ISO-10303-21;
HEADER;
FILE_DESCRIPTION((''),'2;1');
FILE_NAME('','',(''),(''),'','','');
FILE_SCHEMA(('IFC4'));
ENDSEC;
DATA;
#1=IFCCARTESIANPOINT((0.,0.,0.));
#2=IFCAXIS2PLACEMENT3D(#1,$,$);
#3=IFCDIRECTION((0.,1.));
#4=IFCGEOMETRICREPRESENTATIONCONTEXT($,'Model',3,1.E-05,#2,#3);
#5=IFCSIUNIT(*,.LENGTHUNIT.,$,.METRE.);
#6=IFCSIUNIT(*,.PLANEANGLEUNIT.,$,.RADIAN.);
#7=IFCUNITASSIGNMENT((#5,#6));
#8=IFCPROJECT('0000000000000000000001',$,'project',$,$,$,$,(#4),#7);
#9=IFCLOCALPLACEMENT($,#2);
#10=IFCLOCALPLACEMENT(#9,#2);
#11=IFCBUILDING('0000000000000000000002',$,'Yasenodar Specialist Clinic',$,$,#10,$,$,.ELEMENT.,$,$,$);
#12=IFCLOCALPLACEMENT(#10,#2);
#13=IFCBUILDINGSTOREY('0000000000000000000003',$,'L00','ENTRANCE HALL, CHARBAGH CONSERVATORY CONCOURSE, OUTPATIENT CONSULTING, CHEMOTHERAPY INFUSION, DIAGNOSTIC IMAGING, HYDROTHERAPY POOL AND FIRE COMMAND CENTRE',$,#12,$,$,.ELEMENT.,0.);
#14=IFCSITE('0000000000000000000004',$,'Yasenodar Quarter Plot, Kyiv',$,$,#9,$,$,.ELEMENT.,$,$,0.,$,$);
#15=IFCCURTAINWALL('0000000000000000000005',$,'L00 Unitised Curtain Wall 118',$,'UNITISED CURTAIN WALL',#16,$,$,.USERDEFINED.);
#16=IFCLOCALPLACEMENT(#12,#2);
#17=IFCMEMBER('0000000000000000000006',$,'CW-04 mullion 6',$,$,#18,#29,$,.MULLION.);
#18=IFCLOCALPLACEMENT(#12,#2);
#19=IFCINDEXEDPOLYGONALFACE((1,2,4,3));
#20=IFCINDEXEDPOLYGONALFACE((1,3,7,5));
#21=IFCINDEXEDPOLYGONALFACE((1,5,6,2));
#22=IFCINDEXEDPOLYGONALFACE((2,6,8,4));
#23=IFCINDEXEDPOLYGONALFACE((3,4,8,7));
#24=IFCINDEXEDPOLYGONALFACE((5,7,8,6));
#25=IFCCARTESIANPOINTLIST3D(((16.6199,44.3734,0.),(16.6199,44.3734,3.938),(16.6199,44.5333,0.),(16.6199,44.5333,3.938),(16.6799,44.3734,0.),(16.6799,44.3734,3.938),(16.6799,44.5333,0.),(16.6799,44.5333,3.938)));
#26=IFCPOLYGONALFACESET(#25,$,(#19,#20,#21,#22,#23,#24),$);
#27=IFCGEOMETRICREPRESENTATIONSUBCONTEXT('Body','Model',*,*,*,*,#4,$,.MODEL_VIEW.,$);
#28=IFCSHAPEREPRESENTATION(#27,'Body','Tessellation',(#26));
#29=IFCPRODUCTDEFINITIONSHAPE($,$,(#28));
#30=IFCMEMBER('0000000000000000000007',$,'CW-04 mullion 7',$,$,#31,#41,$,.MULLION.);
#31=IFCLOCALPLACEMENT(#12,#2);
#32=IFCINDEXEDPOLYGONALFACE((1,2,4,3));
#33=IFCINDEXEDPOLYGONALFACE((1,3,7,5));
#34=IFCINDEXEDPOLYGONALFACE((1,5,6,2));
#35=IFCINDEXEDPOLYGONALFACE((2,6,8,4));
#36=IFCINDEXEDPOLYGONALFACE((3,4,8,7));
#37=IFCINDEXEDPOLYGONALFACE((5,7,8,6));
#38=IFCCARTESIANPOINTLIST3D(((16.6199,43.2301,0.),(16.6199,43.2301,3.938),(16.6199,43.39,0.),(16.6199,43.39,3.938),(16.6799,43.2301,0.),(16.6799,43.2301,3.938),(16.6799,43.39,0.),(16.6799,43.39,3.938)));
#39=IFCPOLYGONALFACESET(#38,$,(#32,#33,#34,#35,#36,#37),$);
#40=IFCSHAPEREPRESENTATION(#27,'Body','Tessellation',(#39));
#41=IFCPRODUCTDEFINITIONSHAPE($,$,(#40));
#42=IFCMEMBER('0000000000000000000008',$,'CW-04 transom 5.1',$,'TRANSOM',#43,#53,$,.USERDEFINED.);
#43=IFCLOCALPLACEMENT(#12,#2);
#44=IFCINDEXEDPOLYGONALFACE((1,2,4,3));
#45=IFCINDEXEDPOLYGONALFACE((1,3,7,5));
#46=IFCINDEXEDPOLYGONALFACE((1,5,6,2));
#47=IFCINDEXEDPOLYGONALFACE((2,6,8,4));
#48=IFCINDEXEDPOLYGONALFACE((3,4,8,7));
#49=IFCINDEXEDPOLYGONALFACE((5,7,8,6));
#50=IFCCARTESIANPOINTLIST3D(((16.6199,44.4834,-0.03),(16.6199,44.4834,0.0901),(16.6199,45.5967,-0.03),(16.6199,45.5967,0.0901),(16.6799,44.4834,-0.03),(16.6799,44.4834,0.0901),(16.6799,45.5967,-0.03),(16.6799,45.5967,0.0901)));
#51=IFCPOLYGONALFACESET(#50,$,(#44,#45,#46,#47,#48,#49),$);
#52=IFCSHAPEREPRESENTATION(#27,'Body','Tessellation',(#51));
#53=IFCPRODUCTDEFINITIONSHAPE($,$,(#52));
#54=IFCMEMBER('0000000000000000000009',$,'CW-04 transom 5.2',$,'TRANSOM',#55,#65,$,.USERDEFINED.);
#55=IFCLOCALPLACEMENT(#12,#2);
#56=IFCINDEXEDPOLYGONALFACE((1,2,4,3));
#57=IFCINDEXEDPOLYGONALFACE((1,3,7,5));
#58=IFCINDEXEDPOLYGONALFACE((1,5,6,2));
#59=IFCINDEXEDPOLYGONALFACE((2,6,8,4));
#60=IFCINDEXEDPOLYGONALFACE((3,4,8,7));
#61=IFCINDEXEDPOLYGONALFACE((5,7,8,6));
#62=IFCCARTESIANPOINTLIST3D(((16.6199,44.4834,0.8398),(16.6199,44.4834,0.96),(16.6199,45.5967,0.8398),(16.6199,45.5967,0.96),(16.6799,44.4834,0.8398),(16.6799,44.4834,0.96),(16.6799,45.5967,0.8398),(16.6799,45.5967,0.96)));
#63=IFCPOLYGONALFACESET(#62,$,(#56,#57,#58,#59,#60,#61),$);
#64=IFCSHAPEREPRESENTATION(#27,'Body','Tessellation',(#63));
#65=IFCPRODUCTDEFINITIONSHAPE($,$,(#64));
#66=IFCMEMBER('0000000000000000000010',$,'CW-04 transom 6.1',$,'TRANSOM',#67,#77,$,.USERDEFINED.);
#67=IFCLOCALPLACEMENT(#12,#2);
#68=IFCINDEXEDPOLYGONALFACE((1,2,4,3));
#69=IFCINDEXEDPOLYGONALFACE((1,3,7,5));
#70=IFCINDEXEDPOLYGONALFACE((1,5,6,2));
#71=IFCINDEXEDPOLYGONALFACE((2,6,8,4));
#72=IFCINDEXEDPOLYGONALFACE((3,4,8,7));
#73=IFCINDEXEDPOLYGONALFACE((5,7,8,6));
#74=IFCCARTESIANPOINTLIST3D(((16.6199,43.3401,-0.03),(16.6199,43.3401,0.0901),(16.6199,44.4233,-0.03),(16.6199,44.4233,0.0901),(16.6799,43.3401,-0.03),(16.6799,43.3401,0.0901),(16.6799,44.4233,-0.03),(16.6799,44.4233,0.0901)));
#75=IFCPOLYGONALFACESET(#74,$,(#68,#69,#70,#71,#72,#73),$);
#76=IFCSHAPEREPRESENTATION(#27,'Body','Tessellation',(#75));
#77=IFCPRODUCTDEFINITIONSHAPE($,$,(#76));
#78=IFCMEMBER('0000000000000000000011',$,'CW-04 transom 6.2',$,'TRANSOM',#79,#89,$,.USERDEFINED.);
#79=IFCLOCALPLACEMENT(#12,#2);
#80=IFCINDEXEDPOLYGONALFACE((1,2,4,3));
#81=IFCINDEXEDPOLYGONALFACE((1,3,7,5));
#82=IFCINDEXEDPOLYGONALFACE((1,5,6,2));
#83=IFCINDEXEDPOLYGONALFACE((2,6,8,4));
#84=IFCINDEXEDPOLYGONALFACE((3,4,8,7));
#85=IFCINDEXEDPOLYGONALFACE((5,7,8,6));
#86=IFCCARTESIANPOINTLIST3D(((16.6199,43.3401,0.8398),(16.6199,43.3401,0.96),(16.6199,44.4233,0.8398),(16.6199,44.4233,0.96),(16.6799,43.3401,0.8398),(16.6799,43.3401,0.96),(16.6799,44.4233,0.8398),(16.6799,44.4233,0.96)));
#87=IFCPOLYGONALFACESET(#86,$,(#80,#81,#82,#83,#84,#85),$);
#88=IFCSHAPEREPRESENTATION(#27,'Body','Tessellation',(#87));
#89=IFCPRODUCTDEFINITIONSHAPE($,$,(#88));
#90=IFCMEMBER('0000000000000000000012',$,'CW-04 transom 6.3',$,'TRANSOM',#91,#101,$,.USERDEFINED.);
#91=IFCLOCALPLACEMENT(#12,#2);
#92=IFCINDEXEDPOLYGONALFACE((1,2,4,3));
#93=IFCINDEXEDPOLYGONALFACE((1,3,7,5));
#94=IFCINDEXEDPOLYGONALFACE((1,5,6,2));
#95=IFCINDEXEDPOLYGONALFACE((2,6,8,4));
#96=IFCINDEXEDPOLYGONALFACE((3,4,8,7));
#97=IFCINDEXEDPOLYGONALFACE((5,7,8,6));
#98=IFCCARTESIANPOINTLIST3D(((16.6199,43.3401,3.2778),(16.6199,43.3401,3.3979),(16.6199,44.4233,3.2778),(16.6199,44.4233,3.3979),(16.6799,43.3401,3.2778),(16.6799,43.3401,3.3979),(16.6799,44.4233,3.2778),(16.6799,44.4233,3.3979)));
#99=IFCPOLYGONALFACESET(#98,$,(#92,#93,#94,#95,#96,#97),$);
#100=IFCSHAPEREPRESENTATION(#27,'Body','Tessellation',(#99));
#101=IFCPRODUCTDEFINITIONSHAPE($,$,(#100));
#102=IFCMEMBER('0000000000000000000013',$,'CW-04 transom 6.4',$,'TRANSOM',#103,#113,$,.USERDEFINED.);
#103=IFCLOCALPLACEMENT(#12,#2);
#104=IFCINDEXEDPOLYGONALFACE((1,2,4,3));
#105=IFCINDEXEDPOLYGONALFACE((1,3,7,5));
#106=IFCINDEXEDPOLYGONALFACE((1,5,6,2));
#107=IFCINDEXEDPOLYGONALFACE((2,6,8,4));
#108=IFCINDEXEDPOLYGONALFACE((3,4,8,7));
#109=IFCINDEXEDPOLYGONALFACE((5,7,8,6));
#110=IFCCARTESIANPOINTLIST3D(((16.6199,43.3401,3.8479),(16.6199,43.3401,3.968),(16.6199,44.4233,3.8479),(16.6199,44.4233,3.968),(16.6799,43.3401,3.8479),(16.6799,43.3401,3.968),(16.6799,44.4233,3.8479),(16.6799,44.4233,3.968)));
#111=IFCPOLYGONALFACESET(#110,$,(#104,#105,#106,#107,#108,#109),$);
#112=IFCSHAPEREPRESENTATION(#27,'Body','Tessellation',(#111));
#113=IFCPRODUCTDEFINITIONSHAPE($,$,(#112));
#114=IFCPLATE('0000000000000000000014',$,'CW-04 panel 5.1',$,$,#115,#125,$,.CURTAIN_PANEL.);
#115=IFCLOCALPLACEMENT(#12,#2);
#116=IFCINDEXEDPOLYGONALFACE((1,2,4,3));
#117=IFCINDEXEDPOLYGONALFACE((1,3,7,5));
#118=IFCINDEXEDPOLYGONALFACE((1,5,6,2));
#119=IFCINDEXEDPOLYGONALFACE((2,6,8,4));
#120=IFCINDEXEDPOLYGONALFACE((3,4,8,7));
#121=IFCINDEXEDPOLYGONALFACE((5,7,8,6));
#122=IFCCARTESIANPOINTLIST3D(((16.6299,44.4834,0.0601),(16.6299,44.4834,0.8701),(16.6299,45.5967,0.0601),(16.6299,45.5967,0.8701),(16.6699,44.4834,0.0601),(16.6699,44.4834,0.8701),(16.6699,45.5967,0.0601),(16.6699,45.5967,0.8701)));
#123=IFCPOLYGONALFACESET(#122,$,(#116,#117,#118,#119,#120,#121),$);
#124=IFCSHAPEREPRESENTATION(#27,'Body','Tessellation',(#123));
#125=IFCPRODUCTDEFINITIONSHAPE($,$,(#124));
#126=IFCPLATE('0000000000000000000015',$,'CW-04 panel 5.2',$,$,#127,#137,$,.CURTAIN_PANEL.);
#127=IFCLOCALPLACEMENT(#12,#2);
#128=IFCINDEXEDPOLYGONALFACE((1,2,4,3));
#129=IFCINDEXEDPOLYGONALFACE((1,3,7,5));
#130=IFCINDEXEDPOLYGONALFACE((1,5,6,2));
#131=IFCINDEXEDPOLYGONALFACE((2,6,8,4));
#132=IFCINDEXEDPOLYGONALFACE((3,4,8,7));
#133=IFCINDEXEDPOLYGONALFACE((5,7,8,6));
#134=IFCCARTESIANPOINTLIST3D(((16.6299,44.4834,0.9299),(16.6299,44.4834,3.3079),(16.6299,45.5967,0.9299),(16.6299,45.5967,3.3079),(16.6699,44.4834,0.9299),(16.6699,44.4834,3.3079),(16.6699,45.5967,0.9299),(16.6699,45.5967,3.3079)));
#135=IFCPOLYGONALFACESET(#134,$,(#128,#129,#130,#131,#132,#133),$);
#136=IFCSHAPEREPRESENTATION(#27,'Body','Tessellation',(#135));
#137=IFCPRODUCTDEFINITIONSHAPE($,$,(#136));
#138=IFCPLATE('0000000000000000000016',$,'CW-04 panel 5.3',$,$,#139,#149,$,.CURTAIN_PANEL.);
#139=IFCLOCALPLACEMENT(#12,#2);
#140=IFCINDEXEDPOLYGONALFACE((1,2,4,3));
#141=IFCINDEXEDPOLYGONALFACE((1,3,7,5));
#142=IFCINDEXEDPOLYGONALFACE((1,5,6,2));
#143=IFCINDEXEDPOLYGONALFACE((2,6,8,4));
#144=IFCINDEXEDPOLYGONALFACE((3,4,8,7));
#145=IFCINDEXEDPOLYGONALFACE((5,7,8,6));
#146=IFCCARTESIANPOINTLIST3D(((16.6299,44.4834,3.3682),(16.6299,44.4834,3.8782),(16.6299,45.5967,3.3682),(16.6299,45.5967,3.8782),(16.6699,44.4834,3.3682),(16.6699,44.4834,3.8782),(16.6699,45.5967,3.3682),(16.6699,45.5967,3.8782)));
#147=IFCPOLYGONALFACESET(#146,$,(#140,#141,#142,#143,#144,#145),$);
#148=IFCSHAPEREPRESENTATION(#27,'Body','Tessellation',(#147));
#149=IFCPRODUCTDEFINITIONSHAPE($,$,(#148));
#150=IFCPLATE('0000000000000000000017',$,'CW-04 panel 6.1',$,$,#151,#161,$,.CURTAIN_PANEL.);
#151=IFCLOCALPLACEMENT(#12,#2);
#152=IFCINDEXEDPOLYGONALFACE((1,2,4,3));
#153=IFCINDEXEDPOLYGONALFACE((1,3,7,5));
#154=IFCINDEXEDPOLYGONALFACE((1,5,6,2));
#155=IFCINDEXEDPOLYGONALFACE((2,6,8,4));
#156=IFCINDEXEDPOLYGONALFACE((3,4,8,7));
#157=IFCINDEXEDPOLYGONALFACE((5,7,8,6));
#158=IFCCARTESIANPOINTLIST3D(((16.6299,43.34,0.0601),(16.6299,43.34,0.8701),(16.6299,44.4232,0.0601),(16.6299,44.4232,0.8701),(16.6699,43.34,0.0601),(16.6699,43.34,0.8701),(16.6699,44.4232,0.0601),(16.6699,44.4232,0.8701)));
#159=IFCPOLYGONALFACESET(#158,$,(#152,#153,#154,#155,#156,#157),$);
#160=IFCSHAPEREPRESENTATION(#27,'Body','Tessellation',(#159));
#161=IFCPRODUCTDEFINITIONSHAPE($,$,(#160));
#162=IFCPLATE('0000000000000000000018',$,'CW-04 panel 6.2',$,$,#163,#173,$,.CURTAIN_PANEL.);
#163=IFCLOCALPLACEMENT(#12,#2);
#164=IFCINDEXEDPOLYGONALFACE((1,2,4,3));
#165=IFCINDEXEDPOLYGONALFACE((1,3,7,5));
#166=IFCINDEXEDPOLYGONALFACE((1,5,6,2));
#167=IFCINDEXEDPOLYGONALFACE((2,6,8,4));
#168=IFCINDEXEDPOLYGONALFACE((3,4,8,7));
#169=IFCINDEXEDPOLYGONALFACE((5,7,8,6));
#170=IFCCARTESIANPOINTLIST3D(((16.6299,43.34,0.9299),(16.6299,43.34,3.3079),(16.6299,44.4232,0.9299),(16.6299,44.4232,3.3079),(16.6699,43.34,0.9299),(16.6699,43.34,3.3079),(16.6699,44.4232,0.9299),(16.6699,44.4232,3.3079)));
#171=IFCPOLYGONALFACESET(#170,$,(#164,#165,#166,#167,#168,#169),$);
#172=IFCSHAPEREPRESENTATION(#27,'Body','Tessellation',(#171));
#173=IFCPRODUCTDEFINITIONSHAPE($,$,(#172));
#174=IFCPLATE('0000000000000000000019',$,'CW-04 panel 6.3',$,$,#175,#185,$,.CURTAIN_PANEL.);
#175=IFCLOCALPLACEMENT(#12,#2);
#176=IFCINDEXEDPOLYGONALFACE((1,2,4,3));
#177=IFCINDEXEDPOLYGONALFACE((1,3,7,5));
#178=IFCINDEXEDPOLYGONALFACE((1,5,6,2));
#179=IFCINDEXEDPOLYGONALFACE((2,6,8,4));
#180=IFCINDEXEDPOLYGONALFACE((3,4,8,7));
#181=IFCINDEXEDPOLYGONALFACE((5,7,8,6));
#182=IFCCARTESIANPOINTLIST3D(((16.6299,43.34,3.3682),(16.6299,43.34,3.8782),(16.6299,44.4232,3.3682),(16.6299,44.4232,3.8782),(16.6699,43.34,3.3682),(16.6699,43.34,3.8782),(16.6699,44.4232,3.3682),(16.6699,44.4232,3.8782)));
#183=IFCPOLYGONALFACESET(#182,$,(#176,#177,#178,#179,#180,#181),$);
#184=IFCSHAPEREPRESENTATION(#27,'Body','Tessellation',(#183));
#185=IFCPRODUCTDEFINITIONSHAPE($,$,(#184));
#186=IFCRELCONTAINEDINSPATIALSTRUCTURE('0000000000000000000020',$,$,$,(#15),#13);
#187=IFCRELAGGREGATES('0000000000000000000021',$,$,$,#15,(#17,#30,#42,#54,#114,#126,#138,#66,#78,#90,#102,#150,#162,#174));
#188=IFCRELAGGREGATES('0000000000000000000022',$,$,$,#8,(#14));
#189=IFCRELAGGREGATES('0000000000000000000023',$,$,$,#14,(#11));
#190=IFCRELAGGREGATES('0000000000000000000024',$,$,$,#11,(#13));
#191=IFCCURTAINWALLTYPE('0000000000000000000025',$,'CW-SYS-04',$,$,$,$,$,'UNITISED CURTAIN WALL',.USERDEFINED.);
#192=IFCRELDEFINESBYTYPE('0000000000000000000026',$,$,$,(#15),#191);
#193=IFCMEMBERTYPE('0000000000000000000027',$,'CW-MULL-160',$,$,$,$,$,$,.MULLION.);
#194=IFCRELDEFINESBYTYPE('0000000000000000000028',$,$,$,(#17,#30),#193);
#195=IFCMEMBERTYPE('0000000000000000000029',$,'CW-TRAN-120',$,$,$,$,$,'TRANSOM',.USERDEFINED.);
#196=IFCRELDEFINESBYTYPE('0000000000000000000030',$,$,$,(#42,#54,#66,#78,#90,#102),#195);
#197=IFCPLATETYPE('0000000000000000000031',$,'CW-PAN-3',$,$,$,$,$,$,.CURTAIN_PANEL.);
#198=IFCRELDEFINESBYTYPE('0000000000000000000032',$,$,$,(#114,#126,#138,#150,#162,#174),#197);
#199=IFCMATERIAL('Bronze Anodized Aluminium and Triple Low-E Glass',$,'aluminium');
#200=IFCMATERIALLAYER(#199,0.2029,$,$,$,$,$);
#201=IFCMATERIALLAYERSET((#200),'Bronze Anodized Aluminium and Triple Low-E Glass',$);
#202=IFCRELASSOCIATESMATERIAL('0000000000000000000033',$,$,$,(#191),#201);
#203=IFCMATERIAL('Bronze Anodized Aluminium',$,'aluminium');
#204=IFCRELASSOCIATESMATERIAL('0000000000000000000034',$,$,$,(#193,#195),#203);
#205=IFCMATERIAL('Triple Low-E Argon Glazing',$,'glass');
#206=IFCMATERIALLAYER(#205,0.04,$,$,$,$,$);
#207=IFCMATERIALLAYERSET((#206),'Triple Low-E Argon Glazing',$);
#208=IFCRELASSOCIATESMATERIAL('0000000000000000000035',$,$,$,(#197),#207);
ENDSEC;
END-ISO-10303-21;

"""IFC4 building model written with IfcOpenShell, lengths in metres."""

from ifc_helpers import new_model, si_unit, direction, frame, origin, origin_2d, place, context, subcontext, project, spatial, rectangle, extrude, material, layer, layer_set, material_profile, profile_set, type_object, element, aggregate, save


model = new_model("IFC4")

# Units and contexts
model_context = context("Model", 3, precision=1e-05, world=origin(), true_north=direction((0.0, 1.0)))
body_context = subcontext(model_context, "Body", "Model", "MODEL_VIEW")
ifc_project = project(units=[si_unit("LENGTHUNIT", "METRE"), si_unit("PLANEANGLEUNIT", "RADIAN")], contexts=[model_context])

# Site, building, storey
site_placement = place(None, origin())
site = spatial("IfcSite", under=ifc_project, at=site_placement, Name="Yasenodar Quarter Plot, Kyiv", CompositionType="ELEMENT", RefElevation=0.0)
building_placement = place(site_placement, origin())
building = spatial("IfcBuilding", under=site, at=building_placement, Name="Yasenodar Specialist Clinic", CompositionType="ELEMENT")
storey_placement = place(building_placement, origin())
storey = spatial("IfcBuildingStorey", under=building, at=storey_placement, Name="L00", Description="ENTRANCE HALL, CHARBAGH CONSERVATORY CONCOURSE, OUTPATIENT CONSULTING, CHEMOTHERAPY INFUSION, DIAGNOSTIC IMAGING, HYDROTHERAPY POOL AND FIRE COMMAND CENTRE", CompositionType="ELEMENT", Elevation=0.0)

# Curtain wall, members, plates
ifc_material_1 = material(Name="Bronze Anodized Aluminium and Triple Low-E Glass", Category="aluminium")
ifc_layer_1 = layer(ifc_material_1, 0.2029)
ifc_layer_set_1 = layer_set([ifc_layer_1], Name="Bronze Anodized Aluminium and Triple Low-E Glass")
curtain_wall_type = type_object("IfcCurtainWallType", Name="CW-SYS-04", ElementType="UNITISED CURTAIN WALL", PredefinedType="USERDEFINED", material=ifc_layer_set_1)
curtain_wall_placement = place(storey_placement, origin())
curtain_wall = element("IfcCurtainWall", 1, at=curtain_wall_placement, inside=storey, type_object=curtain_wall_type, Name="L00 Unitised Curtain Wall 118", ObjectType="UNITISED CURTAIN WALL", PredefinedType="USERDEFINED")
ifc_material_2 = material(Name="Bronze Anodized Aluminium", Category="aluminium")
ifc_material_profile_1 = material_profile(ifc_material_2, rectangle(XDim=0.0601, YDim=0.1599, at=origin_2d()), Name="CW-MULL 60x160")
ifc_profile_set_1 = profile_set([ifc_material_profile_1], Name="Bronze Anodized Aluminium")
member_type_1 = type_object("IfcMemberType", Name="CW-MULL-160", PredefinedType="MULLION", material=ifc_profile_set_1)
member_1_placement = place(storey_placement, frame((16.6499, 44.4534, 0.0), z_axis=(0.0, 0.0, 1.0), x_axis=(1.0, 0.0, 0.0)))
member_1 = element("IfcMember", 2, at=member_1_placement, type_object=member_type_1, Name="CW-04 mullion 6", PredefinedType="MULLION", context=body_context, shape_type="SweptSolid", body=[
    extrude(rectangle(XDim=0.0601, YDim=0.1599, at=origin_2d()), origin(), (0.0, 0.0, 1.0), 3.938),
])
member_2_placement = place(storey_placement, frame((16.6499, 43.3101, 0.0), z_axis=(0.0, 0.0, 1.0), x_axis=(1.0, 0.0, 0.0)))
member_2 = element("IfcMember", 3, at=member_2_placement, type_object=member_type_1, Name="CW-04 mullion 7", PredefinedType="MULLION", context=body_context, shape_type="SweptSolid", body=[
    extrude(rectangle(XDim=0.0601, YDim=0.1599, at=origin_2d()), origin(), (0.0, 0.0, 1.0), 3.938),
])
ifc_material_profile_2 = material_profile(ifc_material_2, rectangle(XDim=0.0601, YDim=0.1201, at=origin_2d()), Name="CW-TRAN 60x120")
ifc_profile_set_2 = profile_set([ifc_material_profile_2], Name="Bronze Anodized Aluminium")
member_type_2 = type_object("IfcMemberType", Name="CW-TRAN-120", ElementType="TRANSOM", PredefinedType="USERDEFINED", material=ifc_profile_set_2)
member_3_placement = place(storey_placement, frame((16.6499, 45.5967, 0.03), z_axis=(0.0, -1.0, 0.0), x_axis=(1.0, 0.0, 0.0)))
member_3 = element("IfcMember", 4, at=member_3_placement, type_object=member_type_2, Name="CW-04 transom 5.1", ObjectType="TRANSOM", PredefinedType="USERDEFINED", context=body_context, shape_type="SweptSolid", body=[
    extrude(rectangle(XDim=0.0601, YDim=0.1201, at=origin_2d()), origin(), (0.0, 0.0, 1.0), 1.1133),
])
member_4_placement = place(storey_placement, frame((16.6499, 45.5967, 0.8999), z_axis=(0.0, -1.0, 0.0), x_axis=(1.0, 0.0, 0.0)))
member_4 = element("IfcMember", 5, at=member_4_placement, type_object=member_type_2, Name="CW-04 transom 5.2", ObjectType="TRANSOM", PredefinedType="USERDEFINED", context=body_context, shape_type="SweptSolid", body=[
    extrude(rectangle(XDim=0.0601, YDim=0.1201, at=origin_2d()), origin(), (0.0, 0.0, 1.0), 1.1133),
])
member_5_placement = place(storey_placement, frame((16.6499, 44.4233, 0.03), z_axis=(0.0, -1.0, 0.0), x_axis=(1.0, 0.0, 0.0)))
member_5 = element("IfcMember", 6, at=member_5_placement, type_object=member_type_2, Name="CW-04 transom 6.1", ObjectType="TRANSOM", PredefinedType="USERDEFINED", context=body_context, shape_type="SweptSolid", body=[
    extrude(rectangle(XDim=0.0601, YDim=0.1201, at=origin_2d()), origin(), (0.0, 0.0, 1.0), 1.0833),
])
member_6_placement = place(storey_placement, frame((16.6499, 44.4233, 0.8999), z_axis=(0.0, -1.0, 0.0), x_axis=(1.0, 0.0, 0.0)))
member_6 = element("IfcMember", 7, at=member_6_placement, type_object=member_type_2, Name="CW-04 transom 6.2", ObjectType="TRANSOM", PredefinedType="USERDEFINED", context=body_context, shape_type="SweptSolid", body=[
    extrude(rectangle(XDim=0.0601, YDim=0.1201, at=origin_2d()), origin(), (0.0, 0.0, 1.0), 1.0833),
])
member_7_placement = place(storey_placement, frame((16.6499, 44.4233, 3.3379), z_axis=(0.0, -1.0, 0.0), x_axis=(1.0, 0.0, 0.0)))
member_7 = element("IfcMember", 8, at=member_7_placement, type_object=member_type_2, Name="CW-04 transom 6.3", ObjectType="TRANSOM", PredefinedType="USERDEFINED", context=body_context, shape_type="SweptSolid", body=[
    extrude(rectangle(XDim=0.0601, YDim=0.1201, at=origin_2d()), origin(), (0.0, 0.0, 1.0), 1.0833),
])
member_8_placement = place(storey_placement, frame((16.6499, 44.4233, 3.908), z_axis=(0.0, -1.0, 0.0), x_axis=(1.0, 0.0, 0.0)))
member_8 = element("IfcMember", 9, at=member_8_placement, type_object=member_type_2, Name="CW-04 transom 6.4", ObjectType="TRANSOM", PredefinedType="USERDEFINED", context=body_context, shape_type="SweptSolid", body=[
    extrude(rectangle(XDim=0.0601, YDim=0.1201, at=origin_2d()), origin(), (0.0, 0.0, 1.0), 1.0833),
])
ifc_material_3 = material(Name="Triple Low-E Argon Glazing", Category="glass")
ifc_layer_2 = layer(ifc_material_3, 0.04)
ifc_layer_set_2 = layer_set([ifc_layer_2], Name="Triple Low-E Argon Glazing")
plate_type = type_object("IfcPlateType", Name="CW-PAN-3", PredefinedType="CURTAIN_PANEL", material=ifc_layer_set_2)
plate_1_placement = place(storey_placement, frame((16.6499, 45.04, 0.0601), z_axis=(0.0, 0.0, 1.0), x_axis=(0.0, -1.0, 0.0)))
plate_1 = element("IfcPlate", 10, at=plate_1_placement, type_object=plate_type, Name="CW-04 panel 5.1", PredefinedType="CURTAIN_PANEL", context=body_context, shape_type="SweptSolid", body=[
    extrude(rectangle(XDim=1.1133, YDim=0.04, at=origin_2d()), origin(), (0.0, 0.0, 1.0), 0.8101),
])
plate_2_placement = place(storey_placement, frame((16.6499, 45.04, 0.9299), z_axis=(0.0, 0.0, 1.0), x_axis=(0.0, -1.0, 0.0)))
plate_2 = element("IfcPlate", 11, at=plate_2_placement, type_object=plate_type, Name="CW-04 panel 5.2", PredefinedType="CURTAIN_PANEL", context=body_context, shape_type="SweptSolid", body=[
    extrude(rectangle(XDim=1.1133, YDim=0.04, at=origin_2d()), origin(), (0.0, 0.0, 1.0), 2.3779),
])
plate_3_placement = place(storey_placement, frame((16.6499, 45.04, 3.3682), z_axis=(0.0, 0.0, 1.0), x_axis=(0.0, -1.0, 0.0)))
plate_3 = element("IfcPlate", 12, at=plate_3_placement, type_object=plate_type, Name="CW-04 panel 5.3", PredefinedType="CURTAIN_PANEL", context=body_context, shape_type="SweptSolid", body=[
    extrude(rectangle(XDim=1.1133, YDim=0.04, at=origin_2d()), origin(), (0.0, 0.0, 1.0), 0.51),
])
plate_4_placement = place(storey_placement, frame((16.6499, 43.8816, 0.0601), z_axis=(0.0, 0.0, 1.0), x_axis=(0.0, -1.0, 0.0)))
plate_4 = element("IfcPlate", 13, at=plate_4_placement, type_object=plate_type, Name="CW-04 panel 6.1", PredefinedType="CURTAIN_PANEL", context=body_context, shape_type="SweptSolid", body=[
    extrude(rectangle(XDim=1.0833, YDim=0.04, at=origin_2d()), origin(), (0.0, 0.0, 1.0), 0.8101),
])
plate_5_placement = place(storey_placement, frame((16.6499, 43.8816, 0.9299), z_axis=(0.0, 0.0, 1.0), x_axis=(0.0, -1.0, 0.0)))
plate_5 = element("IfcPlate", 14, at=plate_5_placement, type_object=plate_type, Name="CW-04 panel 6.2", PredefinedType="CURTAIN_PANEL", context=body_context, shape_type="SweptSolid", body=[
    extrude(rectangle(XDim=1.0833, YDim=0.04, at=origin_2d()), origin(), (0.0, 0.0, 1.0), 2.3779),
])
plate_6_placement = place(storey_placement, frame((16.6499, 43.8816, 3.3682), z_axis=(0.0, 0.0, 1.0), x_axis=(0.0, -1.0, 0.0)))
plate_6 = element("IfcPlate", 15, at=plate_6_placement, type_object=plate_type, Name="CW-04 panel 6.3", PredefinedType="CURTAIN_PANEL", context=body_context, shape_type="SweptSolid", body=[
    extrude(rectangle(XDim=1.0833, YDim=0.04, at=origin_2d()), origin(), (0.0, 0.0, 1.0), 0.51),
])
aggregate(curtain_wall, [member_1, member_2, member_3, member_4, plate_1, plate_2, plate_3, member_5, member_6, member_7, member_8, plate_4, plate_5, plate_6])

save(model, "model.ifc")
